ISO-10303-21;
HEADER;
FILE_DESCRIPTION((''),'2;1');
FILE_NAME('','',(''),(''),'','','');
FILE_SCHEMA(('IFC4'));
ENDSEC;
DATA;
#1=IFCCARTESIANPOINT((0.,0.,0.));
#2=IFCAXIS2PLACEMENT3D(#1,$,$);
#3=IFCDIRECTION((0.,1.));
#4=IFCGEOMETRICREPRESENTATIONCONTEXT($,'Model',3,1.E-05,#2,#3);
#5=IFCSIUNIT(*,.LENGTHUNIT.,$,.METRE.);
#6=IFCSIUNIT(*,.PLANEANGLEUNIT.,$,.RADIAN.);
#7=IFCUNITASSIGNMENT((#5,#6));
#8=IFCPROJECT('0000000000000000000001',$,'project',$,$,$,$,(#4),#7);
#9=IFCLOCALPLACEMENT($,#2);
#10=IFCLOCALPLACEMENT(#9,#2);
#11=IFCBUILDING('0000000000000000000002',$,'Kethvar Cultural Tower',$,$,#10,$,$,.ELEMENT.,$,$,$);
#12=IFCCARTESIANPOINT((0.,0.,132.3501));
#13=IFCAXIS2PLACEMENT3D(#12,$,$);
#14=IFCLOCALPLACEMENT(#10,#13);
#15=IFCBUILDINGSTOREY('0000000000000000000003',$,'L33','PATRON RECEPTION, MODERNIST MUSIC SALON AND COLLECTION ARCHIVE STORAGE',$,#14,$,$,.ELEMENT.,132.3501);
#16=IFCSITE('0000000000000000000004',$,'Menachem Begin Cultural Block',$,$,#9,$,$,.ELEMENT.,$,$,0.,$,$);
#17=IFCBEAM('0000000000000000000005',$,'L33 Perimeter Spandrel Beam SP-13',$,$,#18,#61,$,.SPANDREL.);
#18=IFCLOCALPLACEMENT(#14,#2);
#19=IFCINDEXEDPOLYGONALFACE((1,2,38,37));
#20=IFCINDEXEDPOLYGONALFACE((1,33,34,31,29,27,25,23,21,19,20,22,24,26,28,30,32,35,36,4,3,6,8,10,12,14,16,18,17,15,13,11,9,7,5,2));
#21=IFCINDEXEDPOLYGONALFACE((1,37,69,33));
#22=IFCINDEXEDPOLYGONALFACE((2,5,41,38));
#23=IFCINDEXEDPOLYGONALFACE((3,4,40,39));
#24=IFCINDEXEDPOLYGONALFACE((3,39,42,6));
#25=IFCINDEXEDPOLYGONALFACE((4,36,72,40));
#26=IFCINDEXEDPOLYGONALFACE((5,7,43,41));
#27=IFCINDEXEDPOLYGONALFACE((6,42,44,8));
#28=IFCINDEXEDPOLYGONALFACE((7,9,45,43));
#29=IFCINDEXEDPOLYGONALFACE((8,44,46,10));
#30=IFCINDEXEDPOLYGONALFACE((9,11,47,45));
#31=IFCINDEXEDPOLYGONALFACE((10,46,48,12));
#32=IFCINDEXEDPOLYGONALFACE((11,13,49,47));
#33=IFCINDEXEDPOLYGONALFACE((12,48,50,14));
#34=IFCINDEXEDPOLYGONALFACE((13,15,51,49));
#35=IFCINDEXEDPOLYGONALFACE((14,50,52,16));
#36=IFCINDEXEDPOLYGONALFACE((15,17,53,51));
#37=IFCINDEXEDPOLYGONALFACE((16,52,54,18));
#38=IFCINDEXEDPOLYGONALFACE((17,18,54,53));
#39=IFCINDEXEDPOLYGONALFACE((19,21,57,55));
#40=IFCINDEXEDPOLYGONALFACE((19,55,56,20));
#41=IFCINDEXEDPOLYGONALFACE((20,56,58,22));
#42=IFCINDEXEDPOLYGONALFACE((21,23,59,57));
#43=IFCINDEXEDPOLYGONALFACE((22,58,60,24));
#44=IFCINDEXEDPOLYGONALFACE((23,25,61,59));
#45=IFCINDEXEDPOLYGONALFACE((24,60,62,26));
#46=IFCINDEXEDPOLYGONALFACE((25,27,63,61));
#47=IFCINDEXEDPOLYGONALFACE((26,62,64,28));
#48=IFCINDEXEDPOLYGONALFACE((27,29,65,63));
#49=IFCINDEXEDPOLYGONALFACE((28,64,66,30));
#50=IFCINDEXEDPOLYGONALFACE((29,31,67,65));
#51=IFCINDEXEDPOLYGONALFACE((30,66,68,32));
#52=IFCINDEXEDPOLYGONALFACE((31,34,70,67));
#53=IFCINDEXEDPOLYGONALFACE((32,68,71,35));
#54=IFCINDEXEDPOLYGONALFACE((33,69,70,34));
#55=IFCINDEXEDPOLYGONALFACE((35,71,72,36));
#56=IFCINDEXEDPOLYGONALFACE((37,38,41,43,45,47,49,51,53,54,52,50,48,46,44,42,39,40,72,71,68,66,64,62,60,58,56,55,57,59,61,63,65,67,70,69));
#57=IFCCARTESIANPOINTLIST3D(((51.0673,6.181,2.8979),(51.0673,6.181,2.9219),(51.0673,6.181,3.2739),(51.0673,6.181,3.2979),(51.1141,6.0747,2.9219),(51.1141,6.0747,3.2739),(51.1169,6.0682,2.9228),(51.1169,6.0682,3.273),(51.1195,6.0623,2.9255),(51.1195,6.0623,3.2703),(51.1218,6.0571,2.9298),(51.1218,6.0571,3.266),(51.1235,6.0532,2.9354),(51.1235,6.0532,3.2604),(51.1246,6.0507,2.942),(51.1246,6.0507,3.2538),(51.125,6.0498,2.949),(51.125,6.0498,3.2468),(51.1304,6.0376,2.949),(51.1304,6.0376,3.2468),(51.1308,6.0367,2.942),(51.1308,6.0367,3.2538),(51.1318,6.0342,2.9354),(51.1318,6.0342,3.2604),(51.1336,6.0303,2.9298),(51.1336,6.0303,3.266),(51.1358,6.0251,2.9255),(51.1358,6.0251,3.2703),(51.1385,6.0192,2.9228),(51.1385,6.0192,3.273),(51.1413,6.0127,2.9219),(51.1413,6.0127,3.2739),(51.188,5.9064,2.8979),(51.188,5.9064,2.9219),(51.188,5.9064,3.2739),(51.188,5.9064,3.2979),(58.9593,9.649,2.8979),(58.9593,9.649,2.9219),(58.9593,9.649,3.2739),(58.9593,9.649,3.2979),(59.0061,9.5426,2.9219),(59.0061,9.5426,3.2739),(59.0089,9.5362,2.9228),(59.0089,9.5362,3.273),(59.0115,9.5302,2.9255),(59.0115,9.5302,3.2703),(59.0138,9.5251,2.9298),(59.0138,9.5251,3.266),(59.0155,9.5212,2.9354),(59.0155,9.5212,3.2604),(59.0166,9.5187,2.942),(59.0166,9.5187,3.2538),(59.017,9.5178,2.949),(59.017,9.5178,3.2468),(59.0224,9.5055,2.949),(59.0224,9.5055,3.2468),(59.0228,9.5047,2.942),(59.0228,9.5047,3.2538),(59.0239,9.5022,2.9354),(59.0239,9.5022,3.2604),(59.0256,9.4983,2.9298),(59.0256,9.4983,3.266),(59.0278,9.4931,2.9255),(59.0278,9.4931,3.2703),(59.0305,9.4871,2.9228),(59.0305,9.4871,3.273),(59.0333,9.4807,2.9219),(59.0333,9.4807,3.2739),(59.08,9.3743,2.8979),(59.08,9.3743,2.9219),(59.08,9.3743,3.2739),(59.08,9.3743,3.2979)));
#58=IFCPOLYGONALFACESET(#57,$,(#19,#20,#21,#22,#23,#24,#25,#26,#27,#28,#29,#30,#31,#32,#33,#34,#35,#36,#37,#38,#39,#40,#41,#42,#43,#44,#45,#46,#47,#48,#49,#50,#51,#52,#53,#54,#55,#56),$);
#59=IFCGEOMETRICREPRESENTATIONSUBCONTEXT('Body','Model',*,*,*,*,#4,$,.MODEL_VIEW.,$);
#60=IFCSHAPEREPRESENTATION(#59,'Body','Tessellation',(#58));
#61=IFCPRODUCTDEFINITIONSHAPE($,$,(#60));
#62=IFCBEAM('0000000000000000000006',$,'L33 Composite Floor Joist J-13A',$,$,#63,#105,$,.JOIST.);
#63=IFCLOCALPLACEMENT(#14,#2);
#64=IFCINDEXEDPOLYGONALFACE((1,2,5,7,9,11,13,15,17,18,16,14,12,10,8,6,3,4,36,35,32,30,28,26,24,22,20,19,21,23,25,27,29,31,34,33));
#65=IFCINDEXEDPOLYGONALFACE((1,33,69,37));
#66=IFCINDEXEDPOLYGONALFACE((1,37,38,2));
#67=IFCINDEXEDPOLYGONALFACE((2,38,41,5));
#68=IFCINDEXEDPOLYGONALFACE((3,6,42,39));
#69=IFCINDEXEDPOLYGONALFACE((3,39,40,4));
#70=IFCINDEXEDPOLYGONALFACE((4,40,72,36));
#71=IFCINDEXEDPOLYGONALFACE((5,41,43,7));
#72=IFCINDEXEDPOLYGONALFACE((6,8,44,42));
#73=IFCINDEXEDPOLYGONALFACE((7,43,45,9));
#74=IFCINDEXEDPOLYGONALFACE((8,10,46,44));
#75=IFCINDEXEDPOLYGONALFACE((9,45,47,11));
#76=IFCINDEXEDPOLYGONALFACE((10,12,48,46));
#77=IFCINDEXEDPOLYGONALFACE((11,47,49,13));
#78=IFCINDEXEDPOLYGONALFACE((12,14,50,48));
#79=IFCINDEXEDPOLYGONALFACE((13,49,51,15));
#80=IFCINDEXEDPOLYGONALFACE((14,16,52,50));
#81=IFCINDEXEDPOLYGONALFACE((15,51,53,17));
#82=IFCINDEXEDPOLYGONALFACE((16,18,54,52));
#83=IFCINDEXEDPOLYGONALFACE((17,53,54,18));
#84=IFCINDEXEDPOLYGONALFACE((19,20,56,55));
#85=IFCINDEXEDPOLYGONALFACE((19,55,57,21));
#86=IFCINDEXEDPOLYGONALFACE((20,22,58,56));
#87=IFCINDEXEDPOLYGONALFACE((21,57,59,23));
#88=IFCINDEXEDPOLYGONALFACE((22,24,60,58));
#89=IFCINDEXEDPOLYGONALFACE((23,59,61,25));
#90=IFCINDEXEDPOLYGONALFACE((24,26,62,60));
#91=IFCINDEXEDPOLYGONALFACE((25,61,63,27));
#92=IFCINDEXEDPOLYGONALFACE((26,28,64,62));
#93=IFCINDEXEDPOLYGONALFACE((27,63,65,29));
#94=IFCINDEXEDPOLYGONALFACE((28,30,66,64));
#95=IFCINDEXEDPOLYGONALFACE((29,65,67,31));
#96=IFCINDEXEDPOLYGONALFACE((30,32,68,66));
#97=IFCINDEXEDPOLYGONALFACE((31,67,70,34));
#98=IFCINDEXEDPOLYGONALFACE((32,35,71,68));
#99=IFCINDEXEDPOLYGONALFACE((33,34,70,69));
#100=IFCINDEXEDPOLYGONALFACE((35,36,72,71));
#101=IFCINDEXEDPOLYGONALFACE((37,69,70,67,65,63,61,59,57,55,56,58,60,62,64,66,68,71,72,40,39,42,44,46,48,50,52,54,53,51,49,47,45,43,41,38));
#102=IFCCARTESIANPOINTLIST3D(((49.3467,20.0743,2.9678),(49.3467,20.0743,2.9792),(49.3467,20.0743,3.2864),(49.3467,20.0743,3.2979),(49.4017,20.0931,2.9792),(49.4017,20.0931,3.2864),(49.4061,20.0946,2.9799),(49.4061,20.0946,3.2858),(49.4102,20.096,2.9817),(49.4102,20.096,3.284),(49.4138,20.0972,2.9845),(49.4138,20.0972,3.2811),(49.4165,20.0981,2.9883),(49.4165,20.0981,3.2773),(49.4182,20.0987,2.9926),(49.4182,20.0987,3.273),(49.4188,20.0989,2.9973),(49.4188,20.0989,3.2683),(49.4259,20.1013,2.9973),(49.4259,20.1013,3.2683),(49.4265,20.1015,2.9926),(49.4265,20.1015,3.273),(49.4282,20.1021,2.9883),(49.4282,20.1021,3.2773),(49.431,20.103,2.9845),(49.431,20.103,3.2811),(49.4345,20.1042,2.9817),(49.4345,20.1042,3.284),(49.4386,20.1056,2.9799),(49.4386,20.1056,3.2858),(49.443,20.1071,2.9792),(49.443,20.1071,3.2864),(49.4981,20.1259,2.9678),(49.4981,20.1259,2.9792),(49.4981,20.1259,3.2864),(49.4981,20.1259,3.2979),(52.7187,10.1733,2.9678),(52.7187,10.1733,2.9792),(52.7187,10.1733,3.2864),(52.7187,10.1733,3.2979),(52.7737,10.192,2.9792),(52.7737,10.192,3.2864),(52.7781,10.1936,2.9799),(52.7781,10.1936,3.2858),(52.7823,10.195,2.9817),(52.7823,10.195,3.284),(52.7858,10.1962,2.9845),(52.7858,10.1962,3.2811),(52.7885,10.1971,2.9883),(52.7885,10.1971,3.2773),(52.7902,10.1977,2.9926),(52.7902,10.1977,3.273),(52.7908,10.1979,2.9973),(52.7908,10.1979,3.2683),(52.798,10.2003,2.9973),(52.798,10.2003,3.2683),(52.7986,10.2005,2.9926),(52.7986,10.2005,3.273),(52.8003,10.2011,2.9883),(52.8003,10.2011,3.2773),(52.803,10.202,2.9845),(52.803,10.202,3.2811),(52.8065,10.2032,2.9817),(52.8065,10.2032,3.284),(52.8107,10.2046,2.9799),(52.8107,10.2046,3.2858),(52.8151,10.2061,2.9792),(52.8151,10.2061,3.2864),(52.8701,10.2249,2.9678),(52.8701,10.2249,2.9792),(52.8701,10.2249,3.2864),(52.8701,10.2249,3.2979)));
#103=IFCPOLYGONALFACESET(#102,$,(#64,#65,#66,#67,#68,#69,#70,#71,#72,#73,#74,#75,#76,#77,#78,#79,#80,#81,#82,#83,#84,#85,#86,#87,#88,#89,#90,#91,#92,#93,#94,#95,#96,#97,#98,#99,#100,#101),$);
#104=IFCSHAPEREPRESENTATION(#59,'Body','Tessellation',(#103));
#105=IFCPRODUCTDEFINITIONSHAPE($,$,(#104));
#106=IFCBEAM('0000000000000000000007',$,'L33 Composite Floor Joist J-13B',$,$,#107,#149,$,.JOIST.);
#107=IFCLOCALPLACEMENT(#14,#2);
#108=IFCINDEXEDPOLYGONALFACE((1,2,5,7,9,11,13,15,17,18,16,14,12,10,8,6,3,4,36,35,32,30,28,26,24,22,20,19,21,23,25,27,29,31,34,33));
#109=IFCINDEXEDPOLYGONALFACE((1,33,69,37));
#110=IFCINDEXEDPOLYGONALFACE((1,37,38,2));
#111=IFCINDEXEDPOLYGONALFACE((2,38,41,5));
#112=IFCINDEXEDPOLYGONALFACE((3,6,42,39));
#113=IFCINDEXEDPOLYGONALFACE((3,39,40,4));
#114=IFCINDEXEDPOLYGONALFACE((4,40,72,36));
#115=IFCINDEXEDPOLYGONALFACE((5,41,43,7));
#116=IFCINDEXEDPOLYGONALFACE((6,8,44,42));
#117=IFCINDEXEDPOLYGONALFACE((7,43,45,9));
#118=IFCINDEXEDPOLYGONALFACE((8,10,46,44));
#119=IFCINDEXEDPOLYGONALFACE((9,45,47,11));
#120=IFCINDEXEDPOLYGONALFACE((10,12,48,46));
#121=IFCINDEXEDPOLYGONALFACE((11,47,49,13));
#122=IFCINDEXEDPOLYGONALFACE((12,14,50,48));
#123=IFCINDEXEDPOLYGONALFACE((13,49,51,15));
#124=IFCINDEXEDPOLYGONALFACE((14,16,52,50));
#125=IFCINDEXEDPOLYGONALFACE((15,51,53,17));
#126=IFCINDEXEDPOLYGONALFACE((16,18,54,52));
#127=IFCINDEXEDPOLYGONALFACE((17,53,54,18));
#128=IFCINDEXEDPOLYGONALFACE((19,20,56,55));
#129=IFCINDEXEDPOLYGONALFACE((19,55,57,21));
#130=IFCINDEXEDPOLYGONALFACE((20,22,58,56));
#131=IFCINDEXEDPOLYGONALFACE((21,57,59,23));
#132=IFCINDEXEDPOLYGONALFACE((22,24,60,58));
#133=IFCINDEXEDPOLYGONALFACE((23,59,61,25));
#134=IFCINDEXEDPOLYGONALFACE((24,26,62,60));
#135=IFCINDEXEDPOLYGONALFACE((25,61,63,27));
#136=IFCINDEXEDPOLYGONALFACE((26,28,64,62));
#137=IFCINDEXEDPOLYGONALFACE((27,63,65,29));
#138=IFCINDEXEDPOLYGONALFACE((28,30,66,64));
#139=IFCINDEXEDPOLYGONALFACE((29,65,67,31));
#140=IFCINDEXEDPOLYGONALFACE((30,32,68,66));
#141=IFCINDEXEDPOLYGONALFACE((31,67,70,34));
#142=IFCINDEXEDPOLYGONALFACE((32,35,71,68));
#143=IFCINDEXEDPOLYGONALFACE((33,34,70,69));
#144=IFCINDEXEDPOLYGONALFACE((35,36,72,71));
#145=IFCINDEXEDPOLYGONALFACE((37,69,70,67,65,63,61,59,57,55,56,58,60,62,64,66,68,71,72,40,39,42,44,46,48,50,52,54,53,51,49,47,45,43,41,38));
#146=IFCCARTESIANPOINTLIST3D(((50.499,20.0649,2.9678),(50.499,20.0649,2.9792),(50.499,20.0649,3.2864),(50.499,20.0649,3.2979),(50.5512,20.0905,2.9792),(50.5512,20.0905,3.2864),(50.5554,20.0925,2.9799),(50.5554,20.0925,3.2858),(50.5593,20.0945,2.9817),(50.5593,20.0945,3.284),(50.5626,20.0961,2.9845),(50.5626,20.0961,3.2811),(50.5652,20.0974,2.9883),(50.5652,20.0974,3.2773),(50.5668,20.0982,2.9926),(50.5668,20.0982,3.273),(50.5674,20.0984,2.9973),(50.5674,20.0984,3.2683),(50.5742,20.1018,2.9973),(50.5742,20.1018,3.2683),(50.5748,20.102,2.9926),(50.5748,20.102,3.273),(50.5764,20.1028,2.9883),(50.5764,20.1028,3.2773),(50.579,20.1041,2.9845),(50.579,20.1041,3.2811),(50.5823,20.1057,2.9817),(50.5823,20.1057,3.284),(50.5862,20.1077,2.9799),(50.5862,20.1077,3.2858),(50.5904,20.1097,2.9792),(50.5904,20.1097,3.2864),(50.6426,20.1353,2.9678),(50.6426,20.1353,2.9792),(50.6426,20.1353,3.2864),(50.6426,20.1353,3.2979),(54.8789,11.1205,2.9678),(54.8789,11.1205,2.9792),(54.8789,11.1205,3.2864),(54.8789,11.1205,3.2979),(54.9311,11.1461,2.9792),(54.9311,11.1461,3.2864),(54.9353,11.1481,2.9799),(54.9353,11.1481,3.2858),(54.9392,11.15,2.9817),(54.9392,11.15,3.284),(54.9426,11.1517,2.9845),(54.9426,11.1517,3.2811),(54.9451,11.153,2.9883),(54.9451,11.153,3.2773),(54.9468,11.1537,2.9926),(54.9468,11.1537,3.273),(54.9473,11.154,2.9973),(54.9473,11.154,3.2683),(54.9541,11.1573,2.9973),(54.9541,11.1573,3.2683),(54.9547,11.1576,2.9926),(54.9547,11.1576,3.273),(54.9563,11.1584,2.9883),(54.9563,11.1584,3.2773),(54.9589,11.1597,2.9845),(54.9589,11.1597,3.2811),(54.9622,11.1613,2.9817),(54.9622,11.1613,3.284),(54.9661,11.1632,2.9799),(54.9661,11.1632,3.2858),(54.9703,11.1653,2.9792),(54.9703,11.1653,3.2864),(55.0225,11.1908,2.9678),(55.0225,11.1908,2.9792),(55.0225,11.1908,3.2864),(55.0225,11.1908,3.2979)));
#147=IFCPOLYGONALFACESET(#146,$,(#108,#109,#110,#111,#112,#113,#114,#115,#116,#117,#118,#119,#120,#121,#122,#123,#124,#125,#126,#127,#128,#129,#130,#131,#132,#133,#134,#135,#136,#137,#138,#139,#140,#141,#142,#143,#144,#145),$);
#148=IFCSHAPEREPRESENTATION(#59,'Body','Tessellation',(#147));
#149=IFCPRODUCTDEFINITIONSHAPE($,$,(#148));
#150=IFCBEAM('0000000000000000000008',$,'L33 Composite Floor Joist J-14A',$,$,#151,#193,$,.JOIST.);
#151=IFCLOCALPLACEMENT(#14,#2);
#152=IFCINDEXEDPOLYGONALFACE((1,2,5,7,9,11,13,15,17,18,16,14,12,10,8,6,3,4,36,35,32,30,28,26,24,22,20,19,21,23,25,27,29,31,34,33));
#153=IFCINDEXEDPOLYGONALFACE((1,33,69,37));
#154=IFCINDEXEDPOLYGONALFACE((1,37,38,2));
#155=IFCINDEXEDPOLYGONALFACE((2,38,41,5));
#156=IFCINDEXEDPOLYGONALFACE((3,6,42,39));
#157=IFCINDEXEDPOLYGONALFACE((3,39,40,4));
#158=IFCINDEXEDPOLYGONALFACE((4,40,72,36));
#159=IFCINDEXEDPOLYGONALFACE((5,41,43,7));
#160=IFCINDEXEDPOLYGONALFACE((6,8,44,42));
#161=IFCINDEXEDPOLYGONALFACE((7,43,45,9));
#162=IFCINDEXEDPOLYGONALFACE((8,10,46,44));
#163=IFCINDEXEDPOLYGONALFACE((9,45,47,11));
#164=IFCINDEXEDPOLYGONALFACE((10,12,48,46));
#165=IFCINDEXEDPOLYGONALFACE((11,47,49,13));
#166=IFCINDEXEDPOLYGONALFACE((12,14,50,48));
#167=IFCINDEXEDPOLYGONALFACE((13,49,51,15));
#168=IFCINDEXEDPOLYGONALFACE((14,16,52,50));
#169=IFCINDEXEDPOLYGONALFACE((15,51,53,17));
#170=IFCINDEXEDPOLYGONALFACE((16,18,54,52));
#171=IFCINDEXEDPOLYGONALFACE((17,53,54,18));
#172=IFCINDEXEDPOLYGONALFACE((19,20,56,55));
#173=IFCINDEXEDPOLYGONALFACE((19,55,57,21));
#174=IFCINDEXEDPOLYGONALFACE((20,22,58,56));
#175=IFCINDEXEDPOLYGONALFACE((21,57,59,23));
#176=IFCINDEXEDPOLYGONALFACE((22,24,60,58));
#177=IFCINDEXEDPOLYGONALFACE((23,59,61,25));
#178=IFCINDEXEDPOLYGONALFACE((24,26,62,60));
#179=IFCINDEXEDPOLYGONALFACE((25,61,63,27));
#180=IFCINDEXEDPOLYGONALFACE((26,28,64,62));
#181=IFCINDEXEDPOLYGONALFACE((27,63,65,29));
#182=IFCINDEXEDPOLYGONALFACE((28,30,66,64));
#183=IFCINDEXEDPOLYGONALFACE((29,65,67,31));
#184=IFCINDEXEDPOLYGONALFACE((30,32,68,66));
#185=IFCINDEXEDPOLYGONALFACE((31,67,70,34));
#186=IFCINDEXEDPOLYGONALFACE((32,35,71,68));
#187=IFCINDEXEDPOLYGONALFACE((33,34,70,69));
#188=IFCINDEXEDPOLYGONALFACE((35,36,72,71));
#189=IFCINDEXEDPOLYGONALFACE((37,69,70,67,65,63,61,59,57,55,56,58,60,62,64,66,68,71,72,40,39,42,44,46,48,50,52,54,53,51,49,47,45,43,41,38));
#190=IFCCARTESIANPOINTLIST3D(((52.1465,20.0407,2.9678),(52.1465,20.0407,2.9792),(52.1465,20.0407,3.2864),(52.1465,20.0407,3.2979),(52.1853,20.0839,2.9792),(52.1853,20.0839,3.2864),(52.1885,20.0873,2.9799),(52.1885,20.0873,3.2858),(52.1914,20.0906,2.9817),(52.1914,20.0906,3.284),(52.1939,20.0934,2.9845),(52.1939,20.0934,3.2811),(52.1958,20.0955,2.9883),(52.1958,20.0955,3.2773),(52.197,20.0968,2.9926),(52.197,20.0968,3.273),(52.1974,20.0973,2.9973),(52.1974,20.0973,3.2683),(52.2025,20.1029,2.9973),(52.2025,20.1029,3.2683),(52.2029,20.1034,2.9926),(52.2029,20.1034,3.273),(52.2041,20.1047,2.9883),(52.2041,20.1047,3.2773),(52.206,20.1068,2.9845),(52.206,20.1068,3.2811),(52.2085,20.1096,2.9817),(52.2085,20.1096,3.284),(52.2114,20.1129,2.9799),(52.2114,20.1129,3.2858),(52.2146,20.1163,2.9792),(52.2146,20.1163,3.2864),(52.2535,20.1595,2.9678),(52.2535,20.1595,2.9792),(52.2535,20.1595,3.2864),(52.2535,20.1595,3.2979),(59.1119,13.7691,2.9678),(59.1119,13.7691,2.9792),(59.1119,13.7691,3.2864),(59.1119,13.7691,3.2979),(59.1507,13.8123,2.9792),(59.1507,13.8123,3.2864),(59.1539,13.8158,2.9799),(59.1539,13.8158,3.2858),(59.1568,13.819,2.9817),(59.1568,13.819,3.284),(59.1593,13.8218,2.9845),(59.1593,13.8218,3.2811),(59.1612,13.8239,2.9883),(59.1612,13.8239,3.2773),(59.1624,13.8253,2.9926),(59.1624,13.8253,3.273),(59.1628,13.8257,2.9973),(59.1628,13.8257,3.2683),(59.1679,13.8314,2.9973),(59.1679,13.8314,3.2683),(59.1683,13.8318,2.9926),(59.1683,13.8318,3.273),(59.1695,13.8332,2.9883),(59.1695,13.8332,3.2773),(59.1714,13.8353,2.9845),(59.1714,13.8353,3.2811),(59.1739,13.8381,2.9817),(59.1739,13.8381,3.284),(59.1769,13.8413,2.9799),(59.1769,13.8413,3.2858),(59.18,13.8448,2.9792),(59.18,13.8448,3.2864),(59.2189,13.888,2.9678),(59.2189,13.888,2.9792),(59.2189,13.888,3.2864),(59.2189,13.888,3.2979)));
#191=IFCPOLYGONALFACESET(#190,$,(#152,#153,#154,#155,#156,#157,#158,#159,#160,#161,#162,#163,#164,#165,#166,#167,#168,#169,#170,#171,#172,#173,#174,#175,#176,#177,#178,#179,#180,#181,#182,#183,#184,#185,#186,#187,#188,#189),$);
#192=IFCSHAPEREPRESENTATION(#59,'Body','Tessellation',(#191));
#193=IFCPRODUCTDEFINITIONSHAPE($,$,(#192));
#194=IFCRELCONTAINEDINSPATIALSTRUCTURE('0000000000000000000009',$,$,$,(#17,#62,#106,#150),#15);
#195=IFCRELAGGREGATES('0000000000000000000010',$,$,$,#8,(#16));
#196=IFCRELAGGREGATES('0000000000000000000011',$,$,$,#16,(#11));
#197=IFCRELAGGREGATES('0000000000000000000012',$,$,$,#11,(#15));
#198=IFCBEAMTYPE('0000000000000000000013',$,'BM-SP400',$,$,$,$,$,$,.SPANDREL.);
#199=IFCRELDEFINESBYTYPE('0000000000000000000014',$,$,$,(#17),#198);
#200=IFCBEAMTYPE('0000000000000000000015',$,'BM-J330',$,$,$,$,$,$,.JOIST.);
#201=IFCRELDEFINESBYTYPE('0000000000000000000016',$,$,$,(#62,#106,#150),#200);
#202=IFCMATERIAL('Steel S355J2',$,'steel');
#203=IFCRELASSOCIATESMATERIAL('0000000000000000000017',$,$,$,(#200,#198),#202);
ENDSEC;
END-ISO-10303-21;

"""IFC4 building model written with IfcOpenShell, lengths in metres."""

from ifc_helpers import new_model, si_unit, direction, frame, origin, origin_2d, place, context, subcontext, project, spatial, i_section, extrude, source, transform, mapped, material, material_profile, profile_set, type_object, element, save


model = new_model("IFC4")

# Units and contexts
model_context = context("Model", 3, precision=1e-05, world=origin(), true_north=direction((0.0, 1.0)))
body_context = subcontext(model_context, "Body", "Model", "MODEL_VIEW")
ifc_project = project(units=[si_unit("LENGTHUNIT", "METRE"), si_unit("PLANEANGLEUNIT", "RADIAN")], contexts=[model_context])

# Site, building, storey
site_placement = place(None, origin())
site = spatial("IfcSite", under=ifc_project, at=site_placement, Name="Menachem Begin Cultural Block", CompositionType="ELEMENT", RefElevation=0.0)
building_placement = place(site_placement, origin())
building = spatial("IfcBuilding", under=site, at=building_placement, Name="Kethvar Cultural Tower", CompositionType="ELEMENT")
storey_placement = place(building_placement, frame((0.0, 0.0, 132.3501)))
storey = spatial("IfcBuildingStorey", under=building, at=storey_placement, Name="L33", Description="PATRON RECEPTION, MODERNIST MUSIC SALON AND COLLECTION ARCHIVE STORAGE", CompositionType="ELEMENT", Elevation=132.3501)

# Beams
ifc_material_1 = material(Name="Steel S355J2", Category="steel")
ifc_material_profile_1 = material_profile(ifc_material_1, i_section(OverallWidth=0.1599, OverallDepth=0.3301, WebThickness=0.0076, FlangeThickness=0.0115, FilletRadius=0.0181, at=origin_2d()), Name="Steel S355J2 — IPE330")
ifc_profile_set_1 = profile_set([ifc_material_profile_1], Name="Steel S355J2 — IPE330")
beam_type_1 = type_object("IfcBeamType", Name="BM-J330", PredefinedType="JOIST", material=ifc_profile_set_1)
ifc_material_profile_2 = material_profile(ifc_material_1, i_section(OverallWidth=0.3, OverallDepth=0.3999, WebThickness=0.0134, FlangeThickness=0.0239, FilletRadius=0.0271, at=origin_2d()), Name="Steel S355J2 — HEB400")
ifc_profile_set_2 = profile_set([ifc_material_profile_2], Name="Steel S355J2 — HEB400")
beam_type_2 = type_object("IfcBeamType", Name="BM-SP400", PredefinedType="SPANDREL", material=ifc_profile_set_2)
shared_shape_1 = source(origin(), body_context, "Body", "SweptSolid", [
    extrude(i_section(OverallWidth=0.3, OverallDepth=0.3999, WebThickness=0.0134, FlangeThickness=0.0239, FilletRadius=0.0271, at=origin_2d()), origin(), (0.0, 0.0, 1.0), 8.6204),
])
beam_1_placement = place(storey_placement, frame((51.1277, 6.0437, 3.0979), z_axis=(0.915507, 0.402301, 0.0), x_axis=(-0.402301, 0.915507, 0.0)))
element("IfcBeam", 1, at=beam_1_placement, inside=storey, type_object=beam_type_2, Name="L33 Perimeter Spandrel Beam SP-13", PredefinedType="SPANDREL", context=body_context, shape_type="MappedRepresentation", body=[
    mapped(shared_shape_1, transform((0.0, 0.0, 0.0), scale=1.0)),
])
shared_shape_2 = source(origin(), body_context, "Body", "SweptSolid", [
    extrude(i_section(OverallWidth=0.1599, OverallDepth=0.3301, WebThickness=0.0076, FlangeThickness=0.0115, FilletRadius=0.0181, at=origin_2d()), origin(), (0.0, 0.0, 1.0), 10.4595),
])
beam_2_placement = place(storey_placement, frame((49.4224, 20.1001, 3.1328), z_axis=(0.32239, -0.946607, 0.0), x_axis=(0.946607, 0.32239, 0.0)))
element("IfcBeam", 2, at=beam_2_placement, inside=storey, type_object=beam_type_1, Name="L33 Composite Floor Joist J-13A", PredefinedType="JOIST", context=body_context, shape_type="MappedRepresentation", body=[
    mapped(shared_shape_2, transform((0.0, 0.0, 0.0), scale=1.0)),
])
shared_shape_3 = source(origin(), body_context, "Body", "SweptSolid", [
    extrude(i_section(OverallWidth=0.1599, OverallDepth=0.3301, WebThickness=0.0076, FlangeThickness=0.0115, FilletRadius=0.0181, at=origin_2d()), origin(), (0.0, 0.0, 1.0), 9.9592),
])
beam_3_placement = place(storey_placement, frame((50.5708, 20.1001, 3.1328), z_axis=(0.439785, -0.898103, 0.0), x_axis=(0.898103, 0.439785, 0.0)))
element("IfcBeam", 3, at=beam_3_placement, inside=storey, type_object=beam_type_1, Name="L33 Composite Floor Joist J-13B", PredefinedType="JOIST", context=body_context, shape_type="MappedRepresentation", body=[
    mapped(shared_shape_3, transform((0.0, 0.0, 0.0), scale=1.0)),
])
shared_shape_4 = source(origin(), body_context, "Body", "SweptSolid", [
    extrude(i_section(OverallWidth=0.1599, OverallDepth=0.3301, WebThickness=0.0076, FlangeThickness=0.0115, FilletRadius=0.0181, at=origin_2d()), origin(), (0.0, 0.0, 1.0), 9.3728),
])
beam_4_placement = place(storey_placement, frame((52.2, 20.1001, 3.1328), z_axis=(0.743152, -0.669123, 0.0), x_axis=(0.669123, 0.743152, 0.0)))
element("IfcBeam", 4, at=beam_4_placement, inside=storey, type_object=beam_type_1, Name="L33 Composite Floor Joist J-14A", PredefinedType="JOIST", context=body_context, shape_type="MappedRepresentation", body=[
    mapped(shared_shape_4, transform((0.0, 0.0, 0.0), scale=1.0)),
])

save(model, "model.ifc")
